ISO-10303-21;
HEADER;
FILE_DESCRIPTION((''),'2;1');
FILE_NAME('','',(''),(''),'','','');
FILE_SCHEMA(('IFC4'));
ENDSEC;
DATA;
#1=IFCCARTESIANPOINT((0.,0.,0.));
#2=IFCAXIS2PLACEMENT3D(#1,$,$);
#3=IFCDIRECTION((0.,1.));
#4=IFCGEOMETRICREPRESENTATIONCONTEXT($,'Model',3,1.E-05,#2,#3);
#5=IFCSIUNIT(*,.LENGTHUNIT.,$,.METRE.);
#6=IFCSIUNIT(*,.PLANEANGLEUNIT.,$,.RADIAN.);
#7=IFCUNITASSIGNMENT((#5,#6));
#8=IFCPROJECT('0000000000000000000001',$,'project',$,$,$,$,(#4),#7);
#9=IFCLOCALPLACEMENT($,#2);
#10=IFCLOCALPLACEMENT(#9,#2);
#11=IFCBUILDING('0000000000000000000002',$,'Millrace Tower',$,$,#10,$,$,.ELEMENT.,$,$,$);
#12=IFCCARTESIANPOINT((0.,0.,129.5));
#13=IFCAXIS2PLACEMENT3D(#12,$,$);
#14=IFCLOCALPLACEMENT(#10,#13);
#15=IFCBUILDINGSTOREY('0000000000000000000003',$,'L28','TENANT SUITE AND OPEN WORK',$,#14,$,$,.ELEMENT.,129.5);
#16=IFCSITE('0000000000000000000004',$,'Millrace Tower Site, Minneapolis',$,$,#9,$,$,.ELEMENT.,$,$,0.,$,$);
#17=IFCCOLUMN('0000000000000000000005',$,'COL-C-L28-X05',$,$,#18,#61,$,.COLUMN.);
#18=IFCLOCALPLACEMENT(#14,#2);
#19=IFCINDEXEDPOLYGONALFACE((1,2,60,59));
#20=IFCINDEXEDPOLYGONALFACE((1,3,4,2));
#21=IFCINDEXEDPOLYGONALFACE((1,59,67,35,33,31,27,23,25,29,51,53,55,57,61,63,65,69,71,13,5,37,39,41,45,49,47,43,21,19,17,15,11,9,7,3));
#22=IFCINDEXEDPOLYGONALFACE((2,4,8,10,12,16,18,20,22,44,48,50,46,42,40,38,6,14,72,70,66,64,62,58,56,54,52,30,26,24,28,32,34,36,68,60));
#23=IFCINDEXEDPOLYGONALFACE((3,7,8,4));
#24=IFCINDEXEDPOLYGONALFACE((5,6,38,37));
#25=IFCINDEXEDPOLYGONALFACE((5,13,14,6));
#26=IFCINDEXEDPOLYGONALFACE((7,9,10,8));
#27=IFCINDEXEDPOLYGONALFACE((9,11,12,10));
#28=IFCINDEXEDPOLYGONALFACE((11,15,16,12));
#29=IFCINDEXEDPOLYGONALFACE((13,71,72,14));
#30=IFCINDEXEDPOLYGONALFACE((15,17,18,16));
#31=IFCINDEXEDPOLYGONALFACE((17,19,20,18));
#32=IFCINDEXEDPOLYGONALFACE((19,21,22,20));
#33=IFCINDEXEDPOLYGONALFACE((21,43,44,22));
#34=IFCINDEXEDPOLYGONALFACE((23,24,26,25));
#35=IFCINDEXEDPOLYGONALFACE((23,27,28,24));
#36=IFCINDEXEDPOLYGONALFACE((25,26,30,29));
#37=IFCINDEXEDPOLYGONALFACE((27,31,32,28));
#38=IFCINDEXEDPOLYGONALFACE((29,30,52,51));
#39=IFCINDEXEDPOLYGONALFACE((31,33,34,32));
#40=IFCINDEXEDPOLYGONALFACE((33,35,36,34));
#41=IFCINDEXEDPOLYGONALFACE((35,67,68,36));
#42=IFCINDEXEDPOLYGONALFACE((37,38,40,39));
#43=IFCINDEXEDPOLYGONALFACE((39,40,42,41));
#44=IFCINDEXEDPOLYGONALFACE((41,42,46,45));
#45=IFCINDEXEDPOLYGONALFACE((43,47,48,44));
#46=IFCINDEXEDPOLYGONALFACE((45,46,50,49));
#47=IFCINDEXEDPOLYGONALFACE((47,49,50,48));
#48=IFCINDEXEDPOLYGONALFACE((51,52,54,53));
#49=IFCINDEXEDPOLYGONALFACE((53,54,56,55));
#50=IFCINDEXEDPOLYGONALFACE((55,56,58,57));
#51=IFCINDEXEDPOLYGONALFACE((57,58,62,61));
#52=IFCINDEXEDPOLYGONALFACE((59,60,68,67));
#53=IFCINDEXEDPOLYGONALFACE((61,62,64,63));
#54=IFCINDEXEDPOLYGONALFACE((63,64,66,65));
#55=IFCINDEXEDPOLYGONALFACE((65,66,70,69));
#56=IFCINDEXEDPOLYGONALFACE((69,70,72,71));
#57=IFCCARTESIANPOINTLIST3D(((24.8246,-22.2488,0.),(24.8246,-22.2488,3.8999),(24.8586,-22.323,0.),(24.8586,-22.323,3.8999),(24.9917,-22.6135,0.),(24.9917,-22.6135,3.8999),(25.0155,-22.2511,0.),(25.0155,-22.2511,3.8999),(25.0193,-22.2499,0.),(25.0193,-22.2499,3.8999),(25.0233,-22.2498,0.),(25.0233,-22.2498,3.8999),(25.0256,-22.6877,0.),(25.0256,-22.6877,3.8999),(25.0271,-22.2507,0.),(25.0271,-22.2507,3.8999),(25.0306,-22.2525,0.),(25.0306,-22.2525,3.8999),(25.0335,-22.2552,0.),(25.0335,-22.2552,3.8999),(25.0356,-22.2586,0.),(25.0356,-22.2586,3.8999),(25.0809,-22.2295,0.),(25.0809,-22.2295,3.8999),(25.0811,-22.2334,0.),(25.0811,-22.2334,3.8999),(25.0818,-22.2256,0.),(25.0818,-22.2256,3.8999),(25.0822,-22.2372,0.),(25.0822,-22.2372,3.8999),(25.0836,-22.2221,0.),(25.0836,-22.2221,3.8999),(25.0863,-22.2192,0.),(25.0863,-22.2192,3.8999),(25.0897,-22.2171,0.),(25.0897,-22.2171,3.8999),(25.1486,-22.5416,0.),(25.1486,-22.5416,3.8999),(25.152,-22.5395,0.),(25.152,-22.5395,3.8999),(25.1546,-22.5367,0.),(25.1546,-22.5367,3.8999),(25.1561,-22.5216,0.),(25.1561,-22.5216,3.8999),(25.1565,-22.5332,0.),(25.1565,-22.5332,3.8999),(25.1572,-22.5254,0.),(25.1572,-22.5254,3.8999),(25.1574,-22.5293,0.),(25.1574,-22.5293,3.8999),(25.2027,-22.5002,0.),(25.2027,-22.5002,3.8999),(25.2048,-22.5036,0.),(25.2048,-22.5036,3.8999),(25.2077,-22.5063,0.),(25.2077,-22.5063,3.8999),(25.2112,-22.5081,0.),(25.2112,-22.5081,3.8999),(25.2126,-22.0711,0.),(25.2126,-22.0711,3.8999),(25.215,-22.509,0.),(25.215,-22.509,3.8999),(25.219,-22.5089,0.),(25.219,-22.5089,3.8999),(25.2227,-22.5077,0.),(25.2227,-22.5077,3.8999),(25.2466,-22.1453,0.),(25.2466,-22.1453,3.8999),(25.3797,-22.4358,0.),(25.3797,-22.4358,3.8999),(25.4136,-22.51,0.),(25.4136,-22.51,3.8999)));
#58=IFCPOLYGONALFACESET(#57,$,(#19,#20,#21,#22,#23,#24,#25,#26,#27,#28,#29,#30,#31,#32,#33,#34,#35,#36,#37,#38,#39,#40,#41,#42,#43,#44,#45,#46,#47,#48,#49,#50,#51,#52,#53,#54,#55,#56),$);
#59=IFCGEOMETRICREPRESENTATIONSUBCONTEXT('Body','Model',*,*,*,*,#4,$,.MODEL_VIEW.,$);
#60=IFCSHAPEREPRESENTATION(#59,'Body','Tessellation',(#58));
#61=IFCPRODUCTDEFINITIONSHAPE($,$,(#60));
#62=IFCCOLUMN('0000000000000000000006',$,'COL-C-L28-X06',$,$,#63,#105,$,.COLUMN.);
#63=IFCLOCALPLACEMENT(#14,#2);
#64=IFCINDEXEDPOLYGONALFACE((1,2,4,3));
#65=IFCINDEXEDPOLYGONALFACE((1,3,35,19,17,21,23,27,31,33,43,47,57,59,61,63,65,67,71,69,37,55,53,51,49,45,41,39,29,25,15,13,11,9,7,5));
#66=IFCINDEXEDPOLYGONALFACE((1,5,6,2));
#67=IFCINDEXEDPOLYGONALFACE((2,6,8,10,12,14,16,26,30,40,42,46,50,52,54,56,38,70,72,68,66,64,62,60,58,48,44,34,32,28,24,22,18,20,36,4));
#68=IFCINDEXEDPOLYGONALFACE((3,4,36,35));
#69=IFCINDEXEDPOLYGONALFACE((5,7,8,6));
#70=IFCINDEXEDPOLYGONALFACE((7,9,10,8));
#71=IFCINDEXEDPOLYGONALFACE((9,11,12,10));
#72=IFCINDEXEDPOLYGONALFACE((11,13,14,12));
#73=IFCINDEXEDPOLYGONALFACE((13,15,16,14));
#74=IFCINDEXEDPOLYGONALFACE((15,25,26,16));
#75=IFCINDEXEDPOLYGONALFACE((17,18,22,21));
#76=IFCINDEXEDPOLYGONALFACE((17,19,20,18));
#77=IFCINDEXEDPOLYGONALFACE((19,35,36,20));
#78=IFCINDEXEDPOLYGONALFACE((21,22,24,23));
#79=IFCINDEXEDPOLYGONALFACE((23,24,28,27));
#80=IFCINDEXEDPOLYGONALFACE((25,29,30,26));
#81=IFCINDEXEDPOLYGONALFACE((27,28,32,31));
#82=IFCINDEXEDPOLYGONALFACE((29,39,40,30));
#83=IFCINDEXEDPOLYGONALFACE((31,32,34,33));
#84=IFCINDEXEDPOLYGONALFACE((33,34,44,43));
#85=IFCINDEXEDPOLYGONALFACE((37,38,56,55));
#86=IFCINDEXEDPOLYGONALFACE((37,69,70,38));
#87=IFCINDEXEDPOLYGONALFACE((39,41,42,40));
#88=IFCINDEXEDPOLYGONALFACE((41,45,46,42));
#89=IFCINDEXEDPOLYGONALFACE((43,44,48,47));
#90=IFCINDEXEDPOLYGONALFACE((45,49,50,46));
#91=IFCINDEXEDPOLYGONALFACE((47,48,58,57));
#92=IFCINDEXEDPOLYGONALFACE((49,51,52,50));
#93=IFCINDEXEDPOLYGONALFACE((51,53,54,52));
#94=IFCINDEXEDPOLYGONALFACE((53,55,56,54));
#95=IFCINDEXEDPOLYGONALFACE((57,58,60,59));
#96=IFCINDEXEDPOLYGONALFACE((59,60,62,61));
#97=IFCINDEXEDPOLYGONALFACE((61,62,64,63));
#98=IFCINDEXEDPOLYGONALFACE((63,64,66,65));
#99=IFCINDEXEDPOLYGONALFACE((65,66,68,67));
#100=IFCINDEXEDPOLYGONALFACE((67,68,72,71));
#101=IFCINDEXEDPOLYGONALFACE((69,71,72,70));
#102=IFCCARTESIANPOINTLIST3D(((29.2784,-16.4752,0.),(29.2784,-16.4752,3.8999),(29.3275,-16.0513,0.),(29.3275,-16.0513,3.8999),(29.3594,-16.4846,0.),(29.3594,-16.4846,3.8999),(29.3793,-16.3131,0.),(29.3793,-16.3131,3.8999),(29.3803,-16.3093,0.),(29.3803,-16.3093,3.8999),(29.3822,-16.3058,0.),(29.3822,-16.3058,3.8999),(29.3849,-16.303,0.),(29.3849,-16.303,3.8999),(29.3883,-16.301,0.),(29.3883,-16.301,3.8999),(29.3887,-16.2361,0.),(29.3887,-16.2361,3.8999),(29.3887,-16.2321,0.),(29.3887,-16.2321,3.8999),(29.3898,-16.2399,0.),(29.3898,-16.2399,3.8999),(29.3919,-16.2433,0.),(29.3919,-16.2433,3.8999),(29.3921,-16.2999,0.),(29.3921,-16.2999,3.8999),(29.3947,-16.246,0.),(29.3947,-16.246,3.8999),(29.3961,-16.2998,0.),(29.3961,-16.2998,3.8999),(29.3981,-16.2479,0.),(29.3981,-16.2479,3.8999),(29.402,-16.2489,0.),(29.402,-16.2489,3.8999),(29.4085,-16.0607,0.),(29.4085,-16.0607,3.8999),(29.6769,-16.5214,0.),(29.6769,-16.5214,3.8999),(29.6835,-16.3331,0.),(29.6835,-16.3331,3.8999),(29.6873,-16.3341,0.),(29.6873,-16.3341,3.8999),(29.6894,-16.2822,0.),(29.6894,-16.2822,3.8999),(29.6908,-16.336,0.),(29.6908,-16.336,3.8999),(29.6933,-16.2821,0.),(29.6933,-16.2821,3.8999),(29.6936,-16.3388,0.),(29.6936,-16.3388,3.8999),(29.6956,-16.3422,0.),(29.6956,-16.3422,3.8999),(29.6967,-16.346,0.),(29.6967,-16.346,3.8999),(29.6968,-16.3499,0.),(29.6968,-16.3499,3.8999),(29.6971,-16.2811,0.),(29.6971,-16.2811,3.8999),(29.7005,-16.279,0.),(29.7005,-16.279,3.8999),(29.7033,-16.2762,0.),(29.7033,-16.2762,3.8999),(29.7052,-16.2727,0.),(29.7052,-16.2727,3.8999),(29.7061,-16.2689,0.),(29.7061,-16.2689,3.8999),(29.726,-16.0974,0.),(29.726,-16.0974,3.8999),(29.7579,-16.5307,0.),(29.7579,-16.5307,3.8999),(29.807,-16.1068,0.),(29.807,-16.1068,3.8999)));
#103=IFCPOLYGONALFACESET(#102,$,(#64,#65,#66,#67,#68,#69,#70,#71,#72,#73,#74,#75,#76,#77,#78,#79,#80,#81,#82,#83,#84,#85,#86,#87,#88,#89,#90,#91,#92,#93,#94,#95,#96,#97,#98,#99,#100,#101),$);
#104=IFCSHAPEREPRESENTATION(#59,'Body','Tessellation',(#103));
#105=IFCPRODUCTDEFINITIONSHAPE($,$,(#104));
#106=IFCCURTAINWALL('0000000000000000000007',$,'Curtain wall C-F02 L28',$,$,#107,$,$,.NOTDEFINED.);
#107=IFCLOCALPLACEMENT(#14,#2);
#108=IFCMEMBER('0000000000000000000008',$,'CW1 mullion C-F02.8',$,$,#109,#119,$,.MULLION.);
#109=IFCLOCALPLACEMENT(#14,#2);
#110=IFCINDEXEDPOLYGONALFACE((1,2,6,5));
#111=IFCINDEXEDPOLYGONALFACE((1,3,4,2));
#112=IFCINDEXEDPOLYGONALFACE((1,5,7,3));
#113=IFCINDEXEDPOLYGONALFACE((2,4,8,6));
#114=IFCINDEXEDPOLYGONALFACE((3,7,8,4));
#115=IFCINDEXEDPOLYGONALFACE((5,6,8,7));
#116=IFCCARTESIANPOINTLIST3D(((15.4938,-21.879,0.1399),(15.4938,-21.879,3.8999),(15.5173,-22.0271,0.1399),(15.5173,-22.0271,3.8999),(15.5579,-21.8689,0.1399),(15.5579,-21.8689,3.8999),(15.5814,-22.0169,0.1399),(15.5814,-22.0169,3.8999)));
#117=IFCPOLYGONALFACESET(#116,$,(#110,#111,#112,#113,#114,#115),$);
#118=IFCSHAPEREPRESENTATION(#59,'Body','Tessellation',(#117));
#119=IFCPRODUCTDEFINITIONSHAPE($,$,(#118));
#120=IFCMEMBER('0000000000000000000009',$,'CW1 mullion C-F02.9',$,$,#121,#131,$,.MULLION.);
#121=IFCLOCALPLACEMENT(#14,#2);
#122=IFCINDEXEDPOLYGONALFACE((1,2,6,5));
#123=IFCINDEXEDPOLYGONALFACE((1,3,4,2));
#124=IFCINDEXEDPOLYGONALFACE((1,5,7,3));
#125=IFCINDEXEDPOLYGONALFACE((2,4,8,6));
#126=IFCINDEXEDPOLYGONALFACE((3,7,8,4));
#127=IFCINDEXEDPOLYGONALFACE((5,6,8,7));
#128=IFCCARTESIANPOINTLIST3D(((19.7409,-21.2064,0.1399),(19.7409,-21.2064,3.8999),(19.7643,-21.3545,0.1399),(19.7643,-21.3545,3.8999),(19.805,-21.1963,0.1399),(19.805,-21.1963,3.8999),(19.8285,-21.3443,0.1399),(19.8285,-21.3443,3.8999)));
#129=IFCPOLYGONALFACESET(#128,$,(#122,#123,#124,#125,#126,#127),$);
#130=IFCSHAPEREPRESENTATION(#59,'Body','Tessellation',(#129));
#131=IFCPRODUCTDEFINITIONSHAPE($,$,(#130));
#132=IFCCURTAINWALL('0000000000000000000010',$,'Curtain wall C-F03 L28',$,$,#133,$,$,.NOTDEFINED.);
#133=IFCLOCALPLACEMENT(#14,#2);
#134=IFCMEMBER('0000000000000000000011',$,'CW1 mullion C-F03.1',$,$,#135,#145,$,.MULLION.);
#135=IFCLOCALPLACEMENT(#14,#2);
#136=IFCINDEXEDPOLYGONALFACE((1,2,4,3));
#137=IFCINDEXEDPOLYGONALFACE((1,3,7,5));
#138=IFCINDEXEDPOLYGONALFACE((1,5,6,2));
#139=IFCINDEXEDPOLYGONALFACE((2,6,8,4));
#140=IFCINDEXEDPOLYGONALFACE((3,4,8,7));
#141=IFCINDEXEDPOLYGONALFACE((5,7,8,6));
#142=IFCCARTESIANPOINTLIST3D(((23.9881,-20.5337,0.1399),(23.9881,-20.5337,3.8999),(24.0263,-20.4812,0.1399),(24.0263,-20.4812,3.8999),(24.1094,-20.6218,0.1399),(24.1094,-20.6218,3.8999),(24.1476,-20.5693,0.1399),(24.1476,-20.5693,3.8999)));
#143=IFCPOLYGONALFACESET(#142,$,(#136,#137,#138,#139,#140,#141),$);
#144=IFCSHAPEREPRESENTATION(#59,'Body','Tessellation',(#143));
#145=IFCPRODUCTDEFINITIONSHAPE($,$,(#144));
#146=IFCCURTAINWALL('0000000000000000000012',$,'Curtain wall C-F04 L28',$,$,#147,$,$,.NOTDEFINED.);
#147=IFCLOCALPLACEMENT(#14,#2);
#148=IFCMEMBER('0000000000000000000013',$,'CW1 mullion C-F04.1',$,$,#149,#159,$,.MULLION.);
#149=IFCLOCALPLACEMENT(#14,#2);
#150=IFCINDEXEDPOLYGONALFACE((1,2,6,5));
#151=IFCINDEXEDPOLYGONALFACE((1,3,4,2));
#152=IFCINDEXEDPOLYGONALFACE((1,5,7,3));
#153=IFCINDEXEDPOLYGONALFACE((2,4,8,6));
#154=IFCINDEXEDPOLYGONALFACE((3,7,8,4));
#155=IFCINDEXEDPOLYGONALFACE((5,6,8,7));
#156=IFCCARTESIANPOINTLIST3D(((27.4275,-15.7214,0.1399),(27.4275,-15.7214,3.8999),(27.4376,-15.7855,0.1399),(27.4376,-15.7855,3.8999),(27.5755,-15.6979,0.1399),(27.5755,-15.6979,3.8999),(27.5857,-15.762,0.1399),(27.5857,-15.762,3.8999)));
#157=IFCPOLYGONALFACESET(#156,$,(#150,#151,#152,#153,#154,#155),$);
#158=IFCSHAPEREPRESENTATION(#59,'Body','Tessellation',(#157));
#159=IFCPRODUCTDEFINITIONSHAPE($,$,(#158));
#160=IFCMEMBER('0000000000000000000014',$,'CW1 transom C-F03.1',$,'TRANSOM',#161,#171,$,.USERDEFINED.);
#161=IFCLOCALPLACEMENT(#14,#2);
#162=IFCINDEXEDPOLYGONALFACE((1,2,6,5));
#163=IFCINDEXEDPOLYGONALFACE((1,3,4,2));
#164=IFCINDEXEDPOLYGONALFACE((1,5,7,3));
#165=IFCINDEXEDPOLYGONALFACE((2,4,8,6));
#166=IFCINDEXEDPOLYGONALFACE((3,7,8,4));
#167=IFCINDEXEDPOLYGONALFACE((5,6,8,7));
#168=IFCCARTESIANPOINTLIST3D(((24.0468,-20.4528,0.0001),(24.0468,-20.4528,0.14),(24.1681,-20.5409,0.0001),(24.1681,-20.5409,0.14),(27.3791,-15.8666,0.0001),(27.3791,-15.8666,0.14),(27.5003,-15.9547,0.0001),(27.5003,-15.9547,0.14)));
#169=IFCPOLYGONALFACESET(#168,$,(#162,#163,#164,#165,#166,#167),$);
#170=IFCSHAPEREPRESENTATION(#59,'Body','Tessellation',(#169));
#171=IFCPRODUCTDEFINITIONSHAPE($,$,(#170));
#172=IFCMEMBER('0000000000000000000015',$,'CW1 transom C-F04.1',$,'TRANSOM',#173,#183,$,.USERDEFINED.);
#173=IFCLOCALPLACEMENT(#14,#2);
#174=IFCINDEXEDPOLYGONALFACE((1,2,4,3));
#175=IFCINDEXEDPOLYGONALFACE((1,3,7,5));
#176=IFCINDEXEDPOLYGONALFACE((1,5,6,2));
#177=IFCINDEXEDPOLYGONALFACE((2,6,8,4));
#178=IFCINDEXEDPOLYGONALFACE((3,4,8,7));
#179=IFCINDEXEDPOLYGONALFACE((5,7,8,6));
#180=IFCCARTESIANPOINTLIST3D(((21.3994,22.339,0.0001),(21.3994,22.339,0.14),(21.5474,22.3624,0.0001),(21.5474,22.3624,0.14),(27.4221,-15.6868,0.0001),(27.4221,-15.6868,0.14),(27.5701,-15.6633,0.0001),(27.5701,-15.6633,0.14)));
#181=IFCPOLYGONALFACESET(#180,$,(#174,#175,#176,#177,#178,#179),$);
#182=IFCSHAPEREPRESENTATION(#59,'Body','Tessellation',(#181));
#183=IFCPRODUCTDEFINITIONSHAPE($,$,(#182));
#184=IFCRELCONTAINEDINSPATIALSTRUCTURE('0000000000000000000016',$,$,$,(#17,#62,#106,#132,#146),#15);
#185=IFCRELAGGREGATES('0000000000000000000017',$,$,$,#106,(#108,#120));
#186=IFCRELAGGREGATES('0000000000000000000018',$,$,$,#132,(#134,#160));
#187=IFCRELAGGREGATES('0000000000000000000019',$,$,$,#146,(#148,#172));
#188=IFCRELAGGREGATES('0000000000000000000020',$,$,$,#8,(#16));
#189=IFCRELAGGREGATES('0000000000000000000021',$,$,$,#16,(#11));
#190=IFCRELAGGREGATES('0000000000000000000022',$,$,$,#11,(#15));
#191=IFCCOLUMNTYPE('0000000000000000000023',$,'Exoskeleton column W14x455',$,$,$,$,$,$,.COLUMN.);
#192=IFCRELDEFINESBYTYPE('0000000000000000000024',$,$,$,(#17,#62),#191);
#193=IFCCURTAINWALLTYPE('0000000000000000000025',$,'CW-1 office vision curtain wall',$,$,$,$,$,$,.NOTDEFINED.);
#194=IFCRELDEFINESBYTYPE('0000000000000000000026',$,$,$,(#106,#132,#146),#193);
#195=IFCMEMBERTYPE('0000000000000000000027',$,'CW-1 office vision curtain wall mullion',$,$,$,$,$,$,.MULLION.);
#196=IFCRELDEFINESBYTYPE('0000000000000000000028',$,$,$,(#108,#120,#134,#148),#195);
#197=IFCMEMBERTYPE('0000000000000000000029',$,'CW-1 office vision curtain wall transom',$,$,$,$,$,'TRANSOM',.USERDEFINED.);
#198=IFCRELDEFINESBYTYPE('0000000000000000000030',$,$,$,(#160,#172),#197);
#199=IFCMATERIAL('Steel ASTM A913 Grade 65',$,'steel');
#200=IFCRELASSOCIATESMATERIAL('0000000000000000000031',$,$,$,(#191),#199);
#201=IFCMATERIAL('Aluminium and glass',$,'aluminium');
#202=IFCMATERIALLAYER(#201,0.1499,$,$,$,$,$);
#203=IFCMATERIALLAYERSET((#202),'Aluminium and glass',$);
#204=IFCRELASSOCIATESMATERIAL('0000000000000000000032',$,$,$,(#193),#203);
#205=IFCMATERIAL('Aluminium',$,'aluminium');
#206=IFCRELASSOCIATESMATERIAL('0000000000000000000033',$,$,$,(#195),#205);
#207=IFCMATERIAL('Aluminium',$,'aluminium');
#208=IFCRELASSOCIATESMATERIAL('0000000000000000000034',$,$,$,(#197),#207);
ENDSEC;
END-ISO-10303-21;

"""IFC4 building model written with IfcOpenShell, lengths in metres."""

from ifc_helpers import new_model, si_unit, direction, frame, origin, origin_2d, place, context, subcontext, project, spatial, rectangle, i_section, extrude, material, layer, layer_set, material_profile, profile_set, type_object, element, aggregate, save


model = new_model("IFC4")

# Units and contexts
model_context = context("Model", 3, precision=1e-05, world=origin(), true_north=direction((0.0, 1.0)))
body_context = subcontext(model_context, "Body", "Model", "MODEL_VIEW")
ifc_project = project(units=[si_unit("LENGTHUNIT", "METRE"), si_unit("PLANEANGLEUNIT", "RADIAN")], contexts=[model_context])

# Site, building, storey
site_placement = place(None, origin())
site = spatial("IfcSite", under=ifc_project, at=site_placement, Name="Millrace Tower Site, Minneapolis", CompositionType="ELEMENT", RefElevation=0.0)
building_placement = place(site_placement, origin())
building = spatial("IfcBuilding", under=site, at=building_placement, Name="Millrace Tower", CompositionType="ELEMENT")
storey_placement = place(building_placement, frame((0.0, 0.0, 129.5)))
storey = spatial("IfcBuildingStorey", under=building, at=storey_placement, Name="L28", Description="TENANT SUITE AND OPEN WORK", CompositionType="ELEMENT", Elevation=129.5)

# Columns
ifc_material_1 = material(Name="Steel ASTM A913 Grade 65", Category="steel")
ifc_material_profile_1 = material_profile(ifc_material_1, i_section(OverallWidth=0.4268, OverallDepth=0.4827, WebThickness=0.0513, FlangeThickness=0.0815, FilletRadius=0.0151, at=origin_2d()))
ifc_profile_set_1 = profile_set([ifc_material_profile_1], Name="Steel ASTM A913 Grade 65")
column_type = type_object("IfcColumnType", Name="Exoskeleton column W14x455", PredefinedType="COLUMN", material=ifc_profile_set_1)
for number, where, z_axis, x_axis, name in (
    (1, (25.1191, -22.3794, 0.0), (0.0, 0.0, 1.0), (0.909181, 0.416401, 0.0), "COL-C-L28-X05"),
    (2, (29.5427, -16.291, 0.0), (0.0, 0.0, 1.0), (0.115069, 0.993358, 0.0), "COL-C-L28-X06"),
):
    element("IfcColumn", number, at=place(storey_placement, frame(where, z_axis=z_axis, x_axis=x_axis)), inside=storey, type_object=column_type, Name=name, PredefinedType="COLUMN", context=body_context, shape_type="SweptSolid", body=[
        extrude(i_section(OverallWidth=0.4268, OverallDepth=0.4827, WebThickness=0.0513, FlangeThickness=0.0815, FilletRadius=0.0151, at=origin_2d()), origin(), (0.0, 0.0, 1.0), 3.8999),
    ])

# Curtain wall, members
ifc_material_2 = material(Name="Aluminium and glass", Category="aluminium")
ifc_layer_1 = layer(ifc_material_2, 0.1499)
ifc_layer_set_1 = layer_set([ifc_layer_1], Name="Aluminium and glass")
curtain_wall_type = type_object("IfcCurtainWallType", Name="CW-1 office vision curtain wall", PredefinedType="NOTDEFINED", material=ifc_layer_set_1)
placement = place(storey_placement, origin())
curtain_wall_1 = element("IfcCurtainWall", 3, at=placement, inside=storey, type_object=curtain_wall_type, Name="Curtain wall C-F02 L28", PredefinedType="NOTDEFINED")
ifc_material_3 = material(Name="Aluminium", Category="aluminium")
ifc_material_profile_2 = material_profile(ifc_material_3, rectangle(XDim=0.0649, YDim=0.1499, at=origin_2d()))
ifc_profile_set_2 = profile_set([ifc_material_profile_2], Name="Aluminium")
member_type_1 = type_object("IfcMemberType", Name="CW-1 office vision curtain wall mullion", PredefinedType="MULLION", material=ifc_profile_set_2)
member_1_placement = place(storey_placement, frame((15.5376, -21.948, 0.1399), z_axis=(0.0, 0.0, 1.0), x_axis=(0.987688, 0.156434, 0.0)))
member_1 = element("IfcMember", 4, at=member_1_placement, type_object=member_type_1, Name="CW1 mullion C-F02.8", PredefinedType="MULLION", context=body_context, shape_type="SweptSolid", body=[
    extrude(rectangle(XDim=0.0649, YDim=0.1499, at=origin_2d()), origin(), (0.0, 0.0, 1.0), 3.76),
])
member_2_placement = place(storey_placement, frame((19.7847, -21.2754, 0.1399), z_axis=(0.0, 0.0, 1.0), x_axis=(0.987688, 0.156434, 0.0)))
member_2 = element("IfcMember", 5, at=member_2_placement, type_object=member_type_1, Name="CW1 mullion C-F02.9", PredefinedType="MULLION", context=body_context, shape_type="SweptSolid", body=[
    extrude(rectangle(XDim=0.0649, YDim=0.1499, at=origin_2d()), origin(), (0.0, 0.0, 1.0), 3.76),
])
aggregate(curtain_wall_1, [member_1, member_2])

# Curtain walls, members
curtain_wall_2 = element("IfcCurtainWall", 6, at=placement, inside=storey, type_object=curtain_wall_type, Name="Curtain wall C-F03 L28", PredefinedType="NOTDEFINED")
member_3_placement = place(storey_placement, frame((24.0679, -20.5515, 0.1399), z_axis=(0.0, 0.0, 1.0), x_axis=(0.587785, 0.809017, 0.0)))
member_3 = element("IfcMember", 7, at=member_3_placement, type_object=member_type_1, Name="CW1 mullion C-F03.1", PredefinedType="MULLION", context=body_context, shape_type="SweptSolid", body=[
    extrude(rectangle(XDim=0.0649, YDim=0.1499, at=origin_2d()), origin(), (0.0, 0.0, 1.0), 3.76),
])
curtain_wall_3 = element("IfcCurtainWall", 8, at=placement, inside=storey, type_object=curtain_wall_type, Name="Curtain wall C-F04 L28", PredefinedType="NOTDEFINED")
member_4_placement = place(storey_placement, frame((27.5066, -15.7417, 0.1399), z_axis=(0.0, 0.0, 1.0), x_axis=(-0.156434, 0.987688, 0.0)))
member_4 = element("IfcMember", 9, at=member_4_placement, type_object=member_type_1, Name="CW1 mullion C-F04.1", PredefinedType="MULLION", context=body_context, shape_type="SweptSolid", body=[
    extrude(rectangle(XDim=0.0649, YDim=0.1499, at=origin_2d()), origin(), (0.0, 0.0, 1.0), 3.76),
])

# Members
ifc_material_4 = material(Name="Aluminium", Category="aluminium")
ifc_material_profile_3 = material_profile(ifc_material_4, rectangle(XDim=0.1499, YDim=0.1399, at=origin_2d()))
ifc_profile_set_3 = profile_set([ifc_material_profile_3], Name="Aluminium")
member_type_2 = type_object("IfcMemberType", Name="CW-1 office vision curtain wall transom", ElementType="TRANSOM", PredefinedType="USERDEFINED", material=ifc_profile_set_3)
member_5_placement = place(storey_placement, frame((24.1074, -20.4968, 0.0701), z_axis=(0.587811, 0.808999, 0.0), x_axis=(-0.808999, 0.587811, 0.0)))
member_5 = element("IfcMember", 10, at=member_5_placement, type_object=member_type_2, Name="CW1 transom C-F03.1", ObjectType="TRANSOM", PredefinedType="USERDEFINED", context=body_context, shape_type="SweptSolid", body=[
    extrude(rectangle(XDim=0.1499, YDim=0.1399, at=origin_2d()), origin(), (0.0, 0.0, 1.0), 5.6689),
])
aggregate(curtain_wall_2, [member_3, member_5])
member_6_placement = place(storey_placement, frame((27.4961, -15.675, 0.0701), z_axis=(-0.156434, 0.987688, 0.0), x_axis=(-0.987688, -0.156434, 0.0)))
member_6 = element("IfcMember", 11, at=member_6_placement, type_object=member_type_2, Name="CW1 transom C-F04.1", ObjectType="TRANSOM", PredefinedType="USERDEFINED", context=body_context, shape_type="SweptSolid", body=[
    extrude(rectangle(XDim=0.1499, YDim=0.1399, at=origin_2d()), origin(), (0.0, 0.0, 1.0), 38.4998),
])
aggregate(curtain_wall_3, [member_4, member_6])

save(model, "model.ifc")
